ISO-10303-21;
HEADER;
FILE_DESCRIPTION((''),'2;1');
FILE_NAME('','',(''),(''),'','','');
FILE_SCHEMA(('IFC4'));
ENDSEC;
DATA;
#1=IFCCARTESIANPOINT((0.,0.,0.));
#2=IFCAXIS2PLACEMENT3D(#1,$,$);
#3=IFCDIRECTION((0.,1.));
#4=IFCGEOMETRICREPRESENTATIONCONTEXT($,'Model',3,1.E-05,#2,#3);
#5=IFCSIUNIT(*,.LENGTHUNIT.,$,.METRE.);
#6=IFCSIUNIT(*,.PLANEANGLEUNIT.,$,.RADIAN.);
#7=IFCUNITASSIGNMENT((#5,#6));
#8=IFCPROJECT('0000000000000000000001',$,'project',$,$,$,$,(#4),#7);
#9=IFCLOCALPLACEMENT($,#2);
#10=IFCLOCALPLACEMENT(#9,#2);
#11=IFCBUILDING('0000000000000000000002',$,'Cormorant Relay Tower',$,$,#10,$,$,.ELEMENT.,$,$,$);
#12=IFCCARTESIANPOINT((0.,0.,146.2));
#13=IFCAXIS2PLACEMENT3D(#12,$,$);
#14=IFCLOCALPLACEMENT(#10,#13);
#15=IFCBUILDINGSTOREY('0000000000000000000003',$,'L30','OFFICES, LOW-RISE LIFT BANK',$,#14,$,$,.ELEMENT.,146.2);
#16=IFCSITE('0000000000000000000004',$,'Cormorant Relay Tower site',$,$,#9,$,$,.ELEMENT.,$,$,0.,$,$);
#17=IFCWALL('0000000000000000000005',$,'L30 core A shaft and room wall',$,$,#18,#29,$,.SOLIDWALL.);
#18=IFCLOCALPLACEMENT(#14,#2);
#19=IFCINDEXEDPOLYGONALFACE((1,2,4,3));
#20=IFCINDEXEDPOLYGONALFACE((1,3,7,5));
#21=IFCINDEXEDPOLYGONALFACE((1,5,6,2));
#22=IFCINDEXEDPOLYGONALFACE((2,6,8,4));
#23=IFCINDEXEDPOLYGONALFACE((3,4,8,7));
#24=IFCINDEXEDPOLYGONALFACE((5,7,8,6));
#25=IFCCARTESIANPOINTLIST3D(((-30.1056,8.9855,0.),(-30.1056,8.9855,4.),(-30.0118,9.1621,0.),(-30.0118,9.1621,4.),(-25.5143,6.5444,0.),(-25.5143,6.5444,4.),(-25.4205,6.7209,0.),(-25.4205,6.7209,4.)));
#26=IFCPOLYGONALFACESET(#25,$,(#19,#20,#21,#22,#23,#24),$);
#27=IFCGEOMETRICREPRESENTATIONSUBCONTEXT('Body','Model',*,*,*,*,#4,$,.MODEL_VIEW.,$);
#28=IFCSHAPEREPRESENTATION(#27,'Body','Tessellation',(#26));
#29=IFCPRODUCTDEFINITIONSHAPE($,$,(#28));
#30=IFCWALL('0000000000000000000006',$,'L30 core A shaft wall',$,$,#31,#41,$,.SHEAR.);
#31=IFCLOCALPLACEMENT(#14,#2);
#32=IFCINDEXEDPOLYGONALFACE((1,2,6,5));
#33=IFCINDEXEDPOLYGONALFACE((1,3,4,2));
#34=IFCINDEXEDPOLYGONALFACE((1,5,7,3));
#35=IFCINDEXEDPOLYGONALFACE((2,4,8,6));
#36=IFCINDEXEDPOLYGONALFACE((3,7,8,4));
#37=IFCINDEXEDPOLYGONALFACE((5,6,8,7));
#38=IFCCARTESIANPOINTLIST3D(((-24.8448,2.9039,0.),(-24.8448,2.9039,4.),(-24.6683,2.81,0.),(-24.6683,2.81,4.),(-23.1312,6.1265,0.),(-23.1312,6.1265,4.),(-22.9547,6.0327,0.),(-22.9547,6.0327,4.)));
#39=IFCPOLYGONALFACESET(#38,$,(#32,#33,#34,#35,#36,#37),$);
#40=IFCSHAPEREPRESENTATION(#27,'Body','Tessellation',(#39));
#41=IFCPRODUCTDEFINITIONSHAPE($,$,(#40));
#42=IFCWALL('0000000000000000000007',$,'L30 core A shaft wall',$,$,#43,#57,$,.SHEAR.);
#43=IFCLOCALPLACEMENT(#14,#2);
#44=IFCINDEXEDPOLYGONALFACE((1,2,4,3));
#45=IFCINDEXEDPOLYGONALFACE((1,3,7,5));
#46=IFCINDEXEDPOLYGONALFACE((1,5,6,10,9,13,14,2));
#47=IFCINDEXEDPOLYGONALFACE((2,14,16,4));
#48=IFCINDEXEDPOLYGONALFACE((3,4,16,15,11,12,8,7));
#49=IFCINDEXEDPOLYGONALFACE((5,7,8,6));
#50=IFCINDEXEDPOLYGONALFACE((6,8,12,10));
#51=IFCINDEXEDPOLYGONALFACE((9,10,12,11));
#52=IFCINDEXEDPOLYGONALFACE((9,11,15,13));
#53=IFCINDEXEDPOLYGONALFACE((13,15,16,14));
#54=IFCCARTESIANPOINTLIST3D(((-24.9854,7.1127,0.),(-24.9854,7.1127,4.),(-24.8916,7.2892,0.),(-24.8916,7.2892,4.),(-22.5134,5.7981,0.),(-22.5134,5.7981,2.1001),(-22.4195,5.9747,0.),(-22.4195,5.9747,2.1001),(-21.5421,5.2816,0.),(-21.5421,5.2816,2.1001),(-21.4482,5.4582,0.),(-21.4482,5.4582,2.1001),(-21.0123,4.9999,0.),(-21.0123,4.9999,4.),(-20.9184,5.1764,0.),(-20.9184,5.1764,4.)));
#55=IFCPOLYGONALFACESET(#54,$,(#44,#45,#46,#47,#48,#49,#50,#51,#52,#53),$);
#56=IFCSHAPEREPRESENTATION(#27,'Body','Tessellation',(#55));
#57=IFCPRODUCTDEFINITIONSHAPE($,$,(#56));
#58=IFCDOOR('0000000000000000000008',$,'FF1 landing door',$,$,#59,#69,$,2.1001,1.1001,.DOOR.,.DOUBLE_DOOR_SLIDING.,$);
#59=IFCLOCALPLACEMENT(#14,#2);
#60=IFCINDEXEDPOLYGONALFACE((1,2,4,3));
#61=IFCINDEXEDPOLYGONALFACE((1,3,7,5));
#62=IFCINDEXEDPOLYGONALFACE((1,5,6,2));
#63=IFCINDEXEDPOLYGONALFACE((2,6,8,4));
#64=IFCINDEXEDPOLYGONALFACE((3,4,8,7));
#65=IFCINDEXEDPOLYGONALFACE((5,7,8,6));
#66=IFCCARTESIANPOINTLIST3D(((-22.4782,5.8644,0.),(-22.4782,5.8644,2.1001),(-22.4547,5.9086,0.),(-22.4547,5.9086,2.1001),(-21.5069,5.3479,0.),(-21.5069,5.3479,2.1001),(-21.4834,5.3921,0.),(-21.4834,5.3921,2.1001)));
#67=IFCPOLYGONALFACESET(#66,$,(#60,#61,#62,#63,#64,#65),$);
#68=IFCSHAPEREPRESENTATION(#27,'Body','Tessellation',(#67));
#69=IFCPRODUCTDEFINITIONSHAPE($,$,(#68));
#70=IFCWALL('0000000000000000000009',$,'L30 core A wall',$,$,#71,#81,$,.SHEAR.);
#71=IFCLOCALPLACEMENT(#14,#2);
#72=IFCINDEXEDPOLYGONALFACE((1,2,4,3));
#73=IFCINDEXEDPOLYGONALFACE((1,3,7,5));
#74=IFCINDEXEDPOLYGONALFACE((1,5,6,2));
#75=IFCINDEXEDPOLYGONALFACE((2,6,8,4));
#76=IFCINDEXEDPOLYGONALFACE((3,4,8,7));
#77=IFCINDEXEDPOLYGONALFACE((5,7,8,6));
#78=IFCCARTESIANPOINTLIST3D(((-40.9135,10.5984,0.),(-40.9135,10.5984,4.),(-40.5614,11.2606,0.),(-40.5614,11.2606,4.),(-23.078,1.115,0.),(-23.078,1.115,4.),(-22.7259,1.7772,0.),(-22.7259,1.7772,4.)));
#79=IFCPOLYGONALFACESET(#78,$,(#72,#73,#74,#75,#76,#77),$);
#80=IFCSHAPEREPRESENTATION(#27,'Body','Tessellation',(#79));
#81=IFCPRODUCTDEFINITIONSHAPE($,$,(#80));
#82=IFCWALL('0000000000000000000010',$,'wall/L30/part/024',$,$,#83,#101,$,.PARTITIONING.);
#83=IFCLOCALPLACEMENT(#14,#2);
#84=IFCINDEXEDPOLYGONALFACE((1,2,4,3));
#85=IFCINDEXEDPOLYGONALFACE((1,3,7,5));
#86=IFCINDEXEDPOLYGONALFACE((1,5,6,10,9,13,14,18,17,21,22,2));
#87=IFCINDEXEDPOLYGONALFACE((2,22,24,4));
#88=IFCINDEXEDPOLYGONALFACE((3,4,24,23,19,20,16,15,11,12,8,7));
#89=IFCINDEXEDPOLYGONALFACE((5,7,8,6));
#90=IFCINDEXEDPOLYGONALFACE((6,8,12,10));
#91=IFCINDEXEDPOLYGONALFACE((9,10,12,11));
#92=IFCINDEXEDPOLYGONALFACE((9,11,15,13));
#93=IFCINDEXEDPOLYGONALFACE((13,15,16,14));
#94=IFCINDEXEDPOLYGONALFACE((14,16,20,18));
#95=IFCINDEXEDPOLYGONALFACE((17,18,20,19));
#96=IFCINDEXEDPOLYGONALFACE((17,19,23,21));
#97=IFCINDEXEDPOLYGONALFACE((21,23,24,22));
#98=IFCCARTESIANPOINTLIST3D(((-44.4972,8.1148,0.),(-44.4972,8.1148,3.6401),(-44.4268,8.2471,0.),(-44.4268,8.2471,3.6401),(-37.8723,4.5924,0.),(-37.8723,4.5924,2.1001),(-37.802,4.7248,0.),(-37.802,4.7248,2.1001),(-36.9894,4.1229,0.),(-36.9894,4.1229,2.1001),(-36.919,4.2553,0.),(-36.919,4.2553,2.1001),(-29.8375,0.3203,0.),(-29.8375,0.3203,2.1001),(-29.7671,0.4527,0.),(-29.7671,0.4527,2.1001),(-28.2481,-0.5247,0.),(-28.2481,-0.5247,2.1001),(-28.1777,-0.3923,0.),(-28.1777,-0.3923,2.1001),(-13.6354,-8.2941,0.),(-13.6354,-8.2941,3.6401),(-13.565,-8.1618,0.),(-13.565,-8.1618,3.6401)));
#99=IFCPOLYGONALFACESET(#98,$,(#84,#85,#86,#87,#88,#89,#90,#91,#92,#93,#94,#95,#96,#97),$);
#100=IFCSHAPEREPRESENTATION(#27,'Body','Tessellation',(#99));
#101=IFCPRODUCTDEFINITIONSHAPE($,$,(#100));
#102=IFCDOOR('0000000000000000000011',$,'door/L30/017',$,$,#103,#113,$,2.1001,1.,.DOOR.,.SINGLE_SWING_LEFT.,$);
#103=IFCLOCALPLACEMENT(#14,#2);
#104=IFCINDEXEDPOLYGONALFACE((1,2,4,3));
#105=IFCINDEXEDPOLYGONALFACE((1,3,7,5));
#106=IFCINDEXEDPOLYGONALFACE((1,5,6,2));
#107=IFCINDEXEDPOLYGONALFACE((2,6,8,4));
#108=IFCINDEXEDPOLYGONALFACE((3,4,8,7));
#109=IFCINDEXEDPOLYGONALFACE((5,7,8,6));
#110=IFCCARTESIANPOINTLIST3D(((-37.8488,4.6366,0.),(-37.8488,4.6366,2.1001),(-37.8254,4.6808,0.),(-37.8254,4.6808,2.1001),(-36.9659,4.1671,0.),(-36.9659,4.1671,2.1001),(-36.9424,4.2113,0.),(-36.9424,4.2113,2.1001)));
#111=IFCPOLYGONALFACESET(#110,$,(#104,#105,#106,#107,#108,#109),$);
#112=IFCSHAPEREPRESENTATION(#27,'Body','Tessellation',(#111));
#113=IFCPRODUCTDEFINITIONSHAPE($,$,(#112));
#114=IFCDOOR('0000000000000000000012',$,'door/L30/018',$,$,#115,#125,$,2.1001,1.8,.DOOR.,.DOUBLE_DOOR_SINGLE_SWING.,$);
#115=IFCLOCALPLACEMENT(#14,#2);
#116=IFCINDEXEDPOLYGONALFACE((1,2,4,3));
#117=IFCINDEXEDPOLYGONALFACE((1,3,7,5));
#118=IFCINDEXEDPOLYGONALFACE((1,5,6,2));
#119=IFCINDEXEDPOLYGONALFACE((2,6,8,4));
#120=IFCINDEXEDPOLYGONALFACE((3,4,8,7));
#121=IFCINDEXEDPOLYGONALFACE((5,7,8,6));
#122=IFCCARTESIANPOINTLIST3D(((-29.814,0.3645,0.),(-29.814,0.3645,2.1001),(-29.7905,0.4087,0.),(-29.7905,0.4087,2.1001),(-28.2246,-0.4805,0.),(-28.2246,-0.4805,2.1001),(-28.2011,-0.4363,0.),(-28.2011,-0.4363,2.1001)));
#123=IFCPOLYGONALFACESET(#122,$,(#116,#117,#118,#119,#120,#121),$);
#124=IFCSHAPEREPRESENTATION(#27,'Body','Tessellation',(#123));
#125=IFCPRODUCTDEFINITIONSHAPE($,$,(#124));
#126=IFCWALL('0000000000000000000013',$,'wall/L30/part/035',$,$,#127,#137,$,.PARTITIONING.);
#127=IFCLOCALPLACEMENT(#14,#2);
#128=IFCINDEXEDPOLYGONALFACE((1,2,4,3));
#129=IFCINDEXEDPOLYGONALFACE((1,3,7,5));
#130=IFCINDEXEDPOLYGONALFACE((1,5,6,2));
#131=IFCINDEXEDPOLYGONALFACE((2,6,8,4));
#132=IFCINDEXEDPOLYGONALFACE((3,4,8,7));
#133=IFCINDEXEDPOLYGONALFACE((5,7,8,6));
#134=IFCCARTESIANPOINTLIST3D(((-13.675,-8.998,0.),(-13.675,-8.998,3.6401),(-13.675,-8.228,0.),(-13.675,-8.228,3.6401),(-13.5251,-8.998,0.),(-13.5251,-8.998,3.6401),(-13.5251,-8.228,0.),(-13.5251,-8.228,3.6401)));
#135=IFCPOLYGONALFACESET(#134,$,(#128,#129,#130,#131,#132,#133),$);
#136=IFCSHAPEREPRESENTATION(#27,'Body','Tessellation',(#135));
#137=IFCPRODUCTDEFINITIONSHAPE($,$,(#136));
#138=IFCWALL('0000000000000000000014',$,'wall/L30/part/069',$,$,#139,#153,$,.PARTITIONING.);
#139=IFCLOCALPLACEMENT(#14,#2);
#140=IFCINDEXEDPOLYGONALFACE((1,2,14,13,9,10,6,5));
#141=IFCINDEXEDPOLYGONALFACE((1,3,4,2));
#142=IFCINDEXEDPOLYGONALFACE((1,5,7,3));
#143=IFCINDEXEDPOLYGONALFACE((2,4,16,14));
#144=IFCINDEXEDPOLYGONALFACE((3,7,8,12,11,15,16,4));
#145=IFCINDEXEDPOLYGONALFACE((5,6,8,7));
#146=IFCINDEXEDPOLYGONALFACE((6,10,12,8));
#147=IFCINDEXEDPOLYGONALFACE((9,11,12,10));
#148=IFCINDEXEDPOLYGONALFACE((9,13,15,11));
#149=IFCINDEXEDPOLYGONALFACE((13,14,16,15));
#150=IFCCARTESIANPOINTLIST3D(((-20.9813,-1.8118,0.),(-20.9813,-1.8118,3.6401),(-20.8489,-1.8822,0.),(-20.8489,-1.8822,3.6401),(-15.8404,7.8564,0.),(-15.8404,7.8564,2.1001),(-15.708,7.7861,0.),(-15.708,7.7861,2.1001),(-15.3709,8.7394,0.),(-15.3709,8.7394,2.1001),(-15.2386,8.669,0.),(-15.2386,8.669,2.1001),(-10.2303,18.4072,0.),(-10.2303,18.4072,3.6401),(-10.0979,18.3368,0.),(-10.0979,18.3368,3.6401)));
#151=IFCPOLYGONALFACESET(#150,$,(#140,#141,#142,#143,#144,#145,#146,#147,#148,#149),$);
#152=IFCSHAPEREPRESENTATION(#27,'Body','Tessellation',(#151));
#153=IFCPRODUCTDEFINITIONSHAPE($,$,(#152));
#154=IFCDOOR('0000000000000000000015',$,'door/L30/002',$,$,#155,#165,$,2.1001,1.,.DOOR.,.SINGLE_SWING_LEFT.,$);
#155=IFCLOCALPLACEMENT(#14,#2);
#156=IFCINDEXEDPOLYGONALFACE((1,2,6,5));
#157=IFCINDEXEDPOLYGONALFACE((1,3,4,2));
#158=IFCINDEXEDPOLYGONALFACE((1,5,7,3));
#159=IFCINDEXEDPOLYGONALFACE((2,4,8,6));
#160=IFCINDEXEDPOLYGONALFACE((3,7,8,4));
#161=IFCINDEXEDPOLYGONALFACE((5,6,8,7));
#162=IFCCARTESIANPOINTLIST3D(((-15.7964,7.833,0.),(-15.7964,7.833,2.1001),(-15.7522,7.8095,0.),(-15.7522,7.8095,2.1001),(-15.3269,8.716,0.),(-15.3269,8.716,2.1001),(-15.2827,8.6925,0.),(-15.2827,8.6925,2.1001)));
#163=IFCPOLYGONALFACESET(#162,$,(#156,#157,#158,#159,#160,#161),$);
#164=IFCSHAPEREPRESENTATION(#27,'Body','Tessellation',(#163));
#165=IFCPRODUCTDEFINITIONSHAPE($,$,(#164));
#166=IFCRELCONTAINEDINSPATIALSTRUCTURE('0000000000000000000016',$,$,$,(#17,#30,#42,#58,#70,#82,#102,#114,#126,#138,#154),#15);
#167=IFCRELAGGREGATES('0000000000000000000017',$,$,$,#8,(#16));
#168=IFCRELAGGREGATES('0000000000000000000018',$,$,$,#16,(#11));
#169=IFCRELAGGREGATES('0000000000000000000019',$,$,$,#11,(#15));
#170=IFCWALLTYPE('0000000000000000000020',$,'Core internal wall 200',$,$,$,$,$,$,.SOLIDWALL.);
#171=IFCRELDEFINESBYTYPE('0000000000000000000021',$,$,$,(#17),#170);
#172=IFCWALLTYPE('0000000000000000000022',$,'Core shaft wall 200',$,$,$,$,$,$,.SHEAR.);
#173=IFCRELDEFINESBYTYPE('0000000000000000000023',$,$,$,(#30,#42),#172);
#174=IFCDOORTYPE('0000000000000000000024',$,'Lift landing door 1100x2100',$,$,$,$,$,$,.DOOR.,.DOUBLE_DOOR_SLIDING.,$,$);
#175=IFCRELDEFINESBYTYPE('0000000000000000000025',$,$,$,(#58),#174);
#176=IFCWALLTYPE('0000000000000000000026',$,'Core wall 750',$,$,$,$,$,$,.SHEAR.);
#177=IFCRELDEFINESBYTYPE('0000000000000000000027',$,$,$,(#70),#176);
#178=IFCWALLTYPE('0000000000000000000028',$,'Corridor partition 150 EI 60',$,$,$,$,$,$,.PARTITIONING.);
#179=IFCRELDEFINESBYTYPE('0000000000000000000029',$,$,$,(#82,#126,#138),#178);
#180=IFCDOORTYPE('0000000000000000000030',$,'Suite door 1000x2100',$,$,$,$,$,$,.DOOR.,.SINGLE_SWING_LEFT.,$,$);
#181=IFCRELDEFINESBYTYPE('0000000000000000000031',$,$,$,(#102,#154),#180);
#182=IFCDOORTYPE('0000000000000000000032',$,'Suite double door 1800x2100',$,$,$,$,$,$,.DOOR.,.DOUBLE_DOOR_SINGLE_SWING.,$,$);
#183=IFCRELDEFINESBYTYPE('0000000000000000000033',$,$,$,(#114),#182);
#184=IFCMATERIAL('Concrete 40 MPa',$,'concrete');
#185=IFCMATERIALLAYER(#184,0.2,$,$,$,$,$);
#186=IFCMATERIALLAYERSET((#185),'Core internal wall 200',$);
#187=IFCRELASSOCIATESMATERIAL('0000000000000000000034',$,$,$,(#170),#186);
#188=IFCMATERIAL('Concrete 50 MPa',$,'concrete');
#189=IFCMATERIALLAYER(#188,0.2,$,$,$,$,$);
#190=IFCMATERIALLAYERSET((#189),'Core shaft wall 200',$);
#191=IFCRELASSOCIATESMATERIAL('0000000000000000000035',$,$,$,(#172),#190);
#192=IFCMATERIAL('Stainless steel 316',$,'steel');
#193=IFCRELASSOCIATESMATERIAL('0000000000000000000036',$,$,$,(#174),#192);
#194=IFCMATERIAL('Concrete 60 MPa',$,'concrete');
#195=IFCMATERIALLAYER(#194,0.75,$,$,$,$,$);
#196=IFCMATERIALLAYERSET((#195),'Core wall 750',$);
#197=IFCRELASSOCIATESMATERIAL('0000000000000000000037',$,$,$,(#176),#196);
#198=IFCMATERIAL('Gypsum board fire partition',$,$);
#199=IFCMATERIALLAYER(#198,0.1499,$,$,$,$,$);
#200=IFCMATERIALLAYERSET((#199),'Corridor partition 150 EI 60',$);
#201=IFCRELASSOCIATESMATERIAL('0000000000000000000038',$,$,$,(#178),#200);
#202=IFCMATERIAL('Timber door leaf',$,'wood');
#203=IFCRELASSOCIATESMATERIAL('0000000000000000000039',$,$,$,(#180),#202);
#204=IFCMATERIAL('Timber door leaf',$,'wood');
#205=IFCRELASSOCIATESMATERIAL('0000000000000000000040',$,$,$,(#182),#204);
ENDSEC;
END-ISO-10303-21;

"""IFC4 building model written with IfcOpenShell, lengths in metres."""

from ifc_helpers import new_model, si_unit, direction, frame, frame_2d, origin, place, context, subcontext, project, spatial, rectangle, extrude, material, layer, layer_set, type_object, element, fill, save


model = new_model("IFC4")

# Units and contexts
model_context = context("Model", 3, precision=1e-05, world=origin(), true_north=direction((0.0, 1.0)))
body_context = subcontext(model_context, "Body", "Model", "MODEL_VIEW")
ifc_project = project(units=[si_unit("LENGTHUNIT", "METRE"), si_unit("PLANEANGLEUNIT", "RADIAN")], contexts=[model_context])

# Site, building, storey
site_placement = place(None, origin())
site = spatial("IfcSite", under=ifc_project, at=site_placement, Name="Cormorant Relay Tower site", CompositionType="ELEMENT", RefElevation=0.0)
building_placement = place(site_placement, origin())
building = spatial("IfcBuilding", under=site, at=building_placement, Name="Cormorant Relay Tower", CompositionType="ELEMENT")
storey_placement = place(building_placement, frame((0.0, 0.0, 146.2)))
storey = spatial("IfcBuildingStorey", under=building, at=storey_placement, Name="L30", Description="OFFICES, LOW-RISE LIFT BANK", CompositionType="ELEMENT", Elevation=146.2)

# Walls
ifc_material_1 = material(Name="Concrete 40 MPa", Category="concrete")
ifc_layer_1 = layer(ifc_material_1, 0.2)
ifc_layer_set_1 = layer_set([ifc_layer_1], Name="Core internal wall 200")
wall_type_1 = type_object("IfcWallType", Name="Core internal wall 200", PredefinedType="SOLIDWALL", material=ifc_layer_set_1)
wall_1_placement = place(storey_placement, frame((-25.4673, 6.6326, 0.0), z_axis=(0.0, 0.0, 1.0), x_axis=(-0.882954, 0.46946, 0.0)))
element("IfcWall", 1, at=wall_1_placement, inside=storey, type_object=wall_type_1, Name="L30 core A shaft and room wall", PredefinedType="SOLIDWALL", context=body_context, shape_type="SweptSolid", body=[
    extrude(rectangle(XDim=5.2, YDim=0.2, at=frame_2d((2.6001, 0.0))), origin(), (0.0, 0.0, 1.0), 4.0),
])
ifc_material_2 = material(Name="Concrete 50 MPa", Category="concrete")
ifc_layer_2 = layer(ifc_material_2, 0.2)
ifc_layer_set_2 = layer_set([ifc_layer_2], Name="Core shaft wall 200")
wall_type_2 = type_object("IfcWallType", Name="Core shaft wall 200", PredefinedType="SHEAR", material=ifc_layer_set_2)
wall_2_placement = place(storey_placement, frame((-23.043, 6.0796, 0.0), z_axis=(0.0, 0.0, 1.0), x_axis=(-0.469494, -0.882936, 0.0)))
element("IfcWall", 2, at=wall_2_placement, inside=storey, type_object=wall_type_2, Name="L30 core A shaft wall", PredefinedType="SHEAR", context=body_context, shape_type="SweptSolid", body=[
    extrude(rectangle(XDim=3.6499, YDim=0.2, at=frame_2d((1.825, 0.0))), origin(), (0.0, 0.0, 1.0), 4.0),
])

# Wall, opening, door
wall_3_placement = place(storey_placement, frame((-20.9653, 5.0881, 0.0), z_axis=(0.0, 0.0, 1.0), x_axis=(-0.882926, 0.469512, 0.0)))
wall_3 = element("IfcWall", 3, at=wall_3_placement, inside=storey, type_object=wall_type_2, Name="L30 core A shaft wall", PredefinedType="SHEAR", context=body_context, shape_type="SweptSolid", body=[
    extrude(rectangle(XDim=4.5, YDim=0.2, at=frame_2d((2.25, 0.0))), origin(), (0.0, 0.0, 1.0), 4.0),
])
opening_1_placement = place(wall_3_placement, frame((0.6001, 0.0, 0.0)))
opening_1 = element("IfcOpeningElement", 4, at=opening_1_placement, cuts=wall_3, PredefinedType="OPENING", context=body_context, shape_type="SweptSolid", body=[
    extrude(rectangle(XDim=1.1001, YDim=2.1001, at=frame_2d((0.55, 1.05))), frame((0.0, 0.1099, 0.0), z_axis=(0.0, -1.0, 0.0), x_axis=(1.0, 0.0, 0.0)), (0.0, 0.0, 1.0), 0.22),
])
ifc_material_3 = material(Name="Stainless steel 316", Category="steel")
door_type_1 = type_object("IfcDoorType", Name="Lift landing door 1100x2100", OperationType="DOUBLE_DOOR_SLIDING", PredefinedType="DOOR", material=ifc_material_3)
door_1_placement = place(opening_1_placement, origin())
door_1 = element("IfcDoor", 5, at=door_1_placement, inside=storey, type_object=door_type_1, Name="FF1 landing door", OperationType="DOUBLE_DOOR_SLIDING", OverallHeight=2.1001, OverallWidth=1.1001, PredefinedType="DOOR", context=body_context, shape_type="SweptSolid", body=[
    extrude(rectangle(XDim=1.1001, YDim=2.1001, at=frame_2d((0.55, 1.05))), frame((0.0, 0.0249, 0.0), z_axis=(0.0, -1.0, 0.0), x_axis=(1.0, 0.0, 0.0)), (0.0, 0.0, 1.0), 0.05),
])
fill(opening_1, door_1)

# Wall
ifc_material_4 = material(Name="Concrete 60 MPa", Category="concrete")
ifc_layer_3 = layer(ifc_material_4, 0.75)
ifc_layer_set_3 = layer_set([ifc_layer_3], Name="Core wall 750")
wall_type_3 = type_object("IfcWallType", Name="Core wall 750", PredefinedType="SHEAR", material=ifc_layer_set_3)
wall_4_placement = place(storey_placement, frame((-22.9019, 1.446, 0.0), z_axis=(0.0, 0.0, 1.0), x_axis=(-0.882945, 0.469476, 0.0)))
element("IfcWall", 6, at=wall_4_placement, inside=storey, type_object=wall_type_3, Name="L30 core A wall", PredefinedType="SHEAR", context=body_context, shape_type="SweptSolid", body=[
    extrude(rectangle(XDim=20.2, YDim=0.75, at=frame_2d((10.1001, 0.0))), origin(), (0.0, 0.0, 1.0), 4.0),
])

# Wall, openings, doors
ifc_material_5 = material(Name="Gypsum board fire partition")
ifc_layer_4 = layer(ifc_material_5, 0.1499)
ifc_layer_set_4 = layer_set([ifc_layer_4], Name="Corridor partition 150 EI 60")
wall_type_4 = type_object("IfcWallType", Name="Corridor partition 150 EI 60", PredefinedType="PARTITIONING", material=ifc_layer_set_4)
wall_5_placement = place(storey_placement, frame((-13.6001, -8.228, 0.0), z_axis=(0.0, 0.0, 1.0), x_axis=(-0.882955, 0.469459, 0.0)))
wall_5 = element("IfcWall", 7, at=wall_5_placement, inside=storey, type_object=wall_type_4, Name="wall/L30/part/024", PredefinedType="PARTITIONING", context=body_context, shape_type="SweptSolid", body=[
    extrude(rectangle(XDim=34.9529, YDim=0.1499, at=frame_2d((17.4766, 0.0))), origin(), (0.0, 0.0, 1.0), 3.6401),
])
opening_2_placement = place(wall_5_placement, frame((26.45, 0.0, 0.0)))
opening_2 = element("IfcOpeningElement", 8, at=opening_2_placement, cuts=wall_5, PredefinedType="OPENING", context=body_context, shape_type="SweptSolid", body=[
    extrude(rectangle(XDim=1.0, YDim=2.1001, at=frame_2d((0.5, 1.05))), frame((0.0, 0.085, 0.0), z_axis=(0.0, -1.0, 0.0), x_axis=(1.0, 0.0, 0.0)), (0.0, 0.0, 1.0), 0.1699),
])
opening_3_placement = place(wall_5_placement, frame((16.55, 0.0, 0.0)))
opening_3 = element("IfcOpeningElement", 9, at=opening_3_placement, cuts=wall_5, PredefinedType="OPENING", context=body_context, shape_type="SweptSolid", body=[
    extrude(rectangle(XDim=1.8, YDim=2.1001, at=frame_2d((0.8999, 1.05))), frame((0.0, 0.085, 0.0), z_axis=(0.0, -1.0, 0.0), x_axis=(1.0, 0.0, 0.0)), (0.0, 0.0, 1.0), 0.1699),
])
ifc_material_6 = material(Name="Timber door leaf", Category="wood")
door_type_2 = type_object("IfcDoorType", Name="Suite door 1000x2100", OperationType="SINGLE_SWING_LEFT", PredefinedType="DOOR", material=ifc_material_6)
door_2_placement = place(opening_2_placement, origin())
door_2 = element("IfcDoor", 10, at=door_2_placement, inside=storey, type_object=door_type_2, Name="door/L30/017", OperationType="SINGLE_SWING_LEFT", OverallHeight=2.1001, OverallWidth=1.0, PredefinedType="DOOR", context=body_context, shape_type="SweptSolid", body=[
    extrude(rectangle(XDim=1.0, YDim=2.1001, at=frame_2d((0.5, 1.05))), frame((0.0, 0.0249, 0.0), z_axis=(0.0, -1.0, 0.0), x_axis=(1.0, 0.0, 0.0)), (0.0, 0.0, 1.0), 0.05),
])
fill(opening_2, door_2)
ifc_material_7 = material(Name="Timber door leaf", Category="wood")
door_type_3 = type_object("IfcDoorType", Name="Suite double door 1800x2100", OperationType="DOUBLE_DOOR_SINGLE_SWING", PredefinedType="DOOR", material=ifc_material_7)
door_3_placement = place(opening_3_placement, origin())
door_3 = element("IfcDoor", 11, at=door_3_placement, inside=storey, type_object=door_type_3, Name="door/L30/018", OperationType="DOUBLE_DOOR_SINGLE_SWING", OverallHeight=2.1001, OverallWidth=1.8, PredefinedType="DOOR", context=body_context, shape_type="SweptSolid", body=[
    extrude(rectangle(XDim=1.8, YDim=2.1001, at=frame_2d((0.8999, 1.05))), frame((0.0, 0.0249, 0.0), z_axis=(0.0, -1.0, 0.0), x_axis=(1.0, 0.0, 0.0)), (0.0, 0.0, 1.0), 0.05),
])
fill(opening_3, door_3)

# Wall
wall_6_placement = place(storey_placement, frame((-13.6001, -8.228, 0.0), z_axis=(0.0, 0.0, 1.0), x_axis=(0.0, -1.0, 0.0)))
element("IfcWall", 12, at=wall_6_placement, inside=storey, type_object=wall_type_4, Name="wall/L30/part/035", PredefinedType="PARTITIONING", context=body_context, shape_type="SweptSolid", body=[
    extrude(rectangle(XDim=0.77, YDim=0.1499, at=frame_2d((0.385, 0.0))), origin(), (0.0, 0.0, 1.0), 3.6401),
])

# Wall, opening, door
wall_7_placement = place(storey_placement, frame((-20.915, -1.8469, 0.0), z_axis=(0.0, 0.0, 1.0), x_axis=(0.469483, 0.882941, 0.0)))
wall_7 = element("IfcWall", 13, at=wall_7_placement, inside=storey, type_object=wall_type_4, Name="wall/L30/part/069", PredefinedType="PARTITIONING", context=body_context, shape_type="SweptSolid", body=[
    extrude(rectangle(XDim=22.8997, YDim=0.1499, at=frame_2d((11.4497, 0.0))), origin(), (0.0, 0.0, 1.0), 3.6401),
])
opening_4_placement = place(wall_7_placement, frame((10.95, 0.0, 0.0)))
opening_4 = element("IfcOpeningElement", 14, at=opening_4_placement, cuts=wall_7, PredefinedType="OPENING", context=body_context, shape_type="SweptSolid", body=[
    extrude(rectangle(XDim=1.0, YDim=2.1001, at=frame_2d((0.5, 1.05))), frame((0.0, 0.085, 0.0), z_axis=(0.0, -1.0, 0.0), x_axis=(1.0, 0.0, 0.0)), (0.0, 0.0, 1.0), 0.1699),
])
door_4_placement = place(opening_4_placement, frame((1.0, 0.0, 0.0), z_axis=(0.0, 0.0, 1.0), x_axis=(-1.0, 0.0, 0.0)))
door_4 = element("IfcDoor", 15, at=door_4_placement, inside=storey, type_object=door_type_2, Name="door/L30/002", OperationType="SINGLE_SWING_LEFT", OverallHeight=2.1001, OverallWidth=1.0, PredefinedType="DOOR", context=body_context, shape_type="SweptSolid", body=[
    extrude(rectangle(XDim=1.0, YDim=2.1001, at=frame_2d((0.5, 1.05))), frame((0.0, 0.0249, 0.0), z_axis=(0.0, -1.0, 0.0), x_axis=(1.0, 0.0, 0.0)), (0.0, 0.0, 1.0), 0.05),
])
fill(opening_4, door_4)

save(model, "model.ifc")
